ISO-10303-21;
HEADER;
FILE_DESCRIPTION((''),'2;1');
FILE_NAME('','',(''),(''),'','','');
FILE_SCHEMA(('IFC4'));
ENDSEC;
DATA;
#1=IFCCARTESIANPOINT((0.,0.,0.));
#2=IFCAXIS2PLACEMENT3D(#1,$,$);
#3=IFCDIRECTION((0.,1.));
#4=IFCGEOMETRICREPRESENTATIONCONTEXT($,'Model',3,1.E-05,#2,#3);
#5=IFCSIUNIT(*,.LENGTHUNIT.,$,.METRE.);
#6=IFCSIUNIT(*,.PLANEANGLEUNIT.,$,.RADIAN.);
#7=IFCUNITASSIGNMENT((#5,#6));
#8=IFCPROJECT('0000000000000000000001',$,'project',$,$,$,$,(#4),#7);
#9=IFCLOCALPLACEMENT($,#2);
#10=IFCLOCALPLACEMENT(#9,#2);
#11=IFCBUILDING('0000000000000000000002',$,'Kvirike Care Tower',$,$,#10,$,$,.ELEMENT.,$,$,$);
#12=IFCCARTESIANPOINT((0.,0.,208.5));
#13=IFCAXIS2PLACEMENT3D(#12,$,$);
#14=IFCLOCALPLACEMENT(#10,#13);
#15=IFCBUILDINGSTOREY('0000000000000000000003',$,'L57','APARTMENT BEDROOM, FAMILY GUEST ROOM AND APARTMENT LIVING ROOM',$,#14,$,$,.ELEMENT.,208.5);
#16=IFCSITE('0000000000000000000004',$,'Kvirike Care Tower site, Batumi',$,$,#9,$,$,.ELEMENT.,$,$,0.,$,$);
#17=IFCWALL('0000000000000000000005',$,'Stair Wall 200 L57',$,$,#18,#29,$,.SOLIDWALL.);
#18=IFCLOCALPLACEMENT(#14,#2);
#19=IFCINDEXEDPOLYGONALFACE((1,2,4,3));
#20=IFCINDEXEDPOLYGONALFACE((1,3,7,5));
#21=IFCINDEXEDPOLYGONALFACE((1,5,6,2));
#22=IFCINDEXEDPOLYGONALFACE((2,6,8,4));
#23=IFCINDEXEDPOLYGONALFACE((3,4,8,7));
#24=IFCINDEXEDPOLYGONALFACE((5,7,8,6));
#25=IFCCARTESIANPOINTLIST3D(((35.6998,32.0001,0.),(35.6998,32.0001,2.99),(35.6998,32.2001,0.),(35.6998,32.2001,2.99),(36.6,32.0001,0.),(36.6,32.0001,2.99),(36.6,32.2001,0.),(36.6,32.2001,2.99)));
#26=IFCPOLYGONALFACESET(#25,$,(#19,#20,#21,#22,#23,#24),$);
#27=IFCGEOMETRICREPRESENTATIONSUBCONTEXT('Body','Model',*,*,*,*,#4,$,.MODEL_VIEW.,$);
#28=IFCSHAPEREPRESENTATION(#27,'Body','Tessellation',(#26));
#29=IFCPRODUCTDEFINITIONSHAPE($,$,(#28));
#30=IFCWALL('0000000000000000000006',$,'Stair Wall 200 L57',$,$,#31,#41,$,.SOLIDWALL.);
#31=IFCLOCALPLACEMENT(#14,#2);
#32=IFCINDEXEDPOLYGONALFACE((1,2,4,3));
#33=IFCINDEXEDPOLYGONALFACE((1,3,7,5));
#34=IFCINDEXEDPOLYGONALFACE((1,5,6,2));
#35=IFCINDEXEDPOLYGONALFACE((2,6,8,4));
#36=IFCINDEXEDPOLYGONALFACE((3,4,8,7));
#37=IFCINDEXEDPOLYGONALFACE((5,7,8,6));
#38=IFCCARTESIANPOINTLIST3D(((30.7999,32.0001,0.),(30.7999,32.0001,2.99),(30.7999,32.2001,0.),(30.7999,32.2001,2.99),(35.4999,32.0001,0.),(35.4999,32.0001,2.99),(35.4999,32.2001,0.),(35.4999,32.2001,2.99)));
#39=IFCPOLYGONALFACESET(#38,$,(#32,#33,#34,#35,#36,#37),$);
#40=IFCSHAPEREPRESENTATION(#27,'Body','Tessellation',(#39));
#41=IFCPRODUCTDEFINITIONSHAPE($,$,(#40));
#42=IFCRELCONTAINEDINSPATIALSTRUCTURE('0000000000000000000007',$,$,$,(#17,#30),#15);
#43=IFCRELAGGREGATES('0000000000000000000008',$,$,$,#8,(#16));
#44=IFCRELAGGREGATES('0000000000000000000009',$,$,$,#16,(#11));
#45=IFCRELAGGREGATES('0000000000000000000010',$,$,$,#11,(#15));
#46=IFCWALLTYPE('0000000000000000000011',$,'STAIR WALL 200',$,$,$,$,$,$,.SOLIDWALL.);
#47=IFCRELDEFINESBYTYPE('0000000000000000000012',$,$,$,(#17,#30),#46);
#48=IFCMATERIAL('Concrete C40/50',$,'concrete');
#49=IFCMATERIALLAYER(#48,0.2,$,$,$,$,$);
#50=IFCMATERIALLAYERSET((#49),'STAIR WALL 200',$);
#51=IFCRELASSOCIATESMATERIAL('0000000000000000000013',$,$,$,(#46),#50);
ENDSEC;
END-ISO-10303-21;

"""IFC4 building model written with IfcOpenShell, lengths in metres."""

from ifc_helpers import new_model, si_unit, direction, frame, frame_2d, origin, place, context, subcontext, project, spatial, rectangle, extrude, material, layer, layer_set, type_object, element, save


model = new_model("IFC4")

# Units and contexts
model_context = context("Model", 3, precision=1e-05, world=origin(), true_north=direction((0.0, 1.0)))
body_context = subcontext(model_context, "Body", "Model", "MODEL_VIEW")
ifc_project = project(units=[si_unit("LENGTHUNIT", "METRE"), si_unit("PLANEANGLEUNIT", "RADIAN")], contexts=[model_context])

# Site, building, storey
site_placement = place(None, origin())
site = spatial("IfcSite", under=ifc_project, at=site_placement, Name="Kvirike Care Tower site, Batumi", CompositionType="ELEMENT", RefElevation=0.0)
building_placement = place(site_placement, origin())
building = spatial("IfcBuilding", under=site, at=building_placement, Name="Kvirike Care Tower", CompositionType="ELEMENT")
storey_placement = place(building_placement, frame((0.0, 0.0, 208.5)))
storey = spatial("IfcBuildingStorey", under=building, at=storey_placement, Name="L57", Description="APARTMENT BEDROOM, FAMILY GUEST ROOM AND APARTMENT LIVING ROOM", CompositionType="ELEMENT", Elevation=208.5)

# Walls
ifc_material_1 = material(Name="Concrete C40/50", Category="concrete")
ifc_layer_1 = layer(ifc_material_1, 0.2)
ifc_layer_set_1 = layer_set([ifc_layer_1], Name="STAIR WALL 200")
wall_type_1 = type_object("IfcWallType", Name="STAIR WALL 200", PredefinedType="SOLIDWALL", material=ifc_layer_set_1)
wall_1_placement = place(storey_placement, frame((36.6001, 32.1001, 0.0), z_axis=(0.0, 0.0, 1.0), x_axis=(-1.0, 0.0, 0.0)))
element("IfcWall", 1, at=wall_1_placement, inside=storey, type_object=wall_type_1, Name="Stair Wall 200 L57", PredefinedType="SOLIDWALL", context=body_context, shape_type="SweptSolid", body=[
    extrude(rectangle(XDim=0.9001, YDim=0.2, at=frame_2d((0.4502, 0.0))), origin(), (0.0, 0.0, 1.0), 2.99),
])
wall_2_placement = place(storey_placement, frame((35.5, 32.1001, 0.0), z_axis=(0.0, 0.0, 1.0), x_axis=(-1.0, 0.0, 0.0)))
element("IfcWall", 2, at=wall_2_placement, inside=storey, type_object=wall_type_1, Name="Stair Wall 200 L57", PredefinedType="SOLIDWALL", context=body_context, shape_type="SweptSolid", body=[
    extrude(rectangle(XDim=4.7, YDim=0.2, at=frame_2d((2.3501, 0.0))), origin(), (0.0, 0.0, 1.0), 2.99),
])

save(model, "model.ifc")
